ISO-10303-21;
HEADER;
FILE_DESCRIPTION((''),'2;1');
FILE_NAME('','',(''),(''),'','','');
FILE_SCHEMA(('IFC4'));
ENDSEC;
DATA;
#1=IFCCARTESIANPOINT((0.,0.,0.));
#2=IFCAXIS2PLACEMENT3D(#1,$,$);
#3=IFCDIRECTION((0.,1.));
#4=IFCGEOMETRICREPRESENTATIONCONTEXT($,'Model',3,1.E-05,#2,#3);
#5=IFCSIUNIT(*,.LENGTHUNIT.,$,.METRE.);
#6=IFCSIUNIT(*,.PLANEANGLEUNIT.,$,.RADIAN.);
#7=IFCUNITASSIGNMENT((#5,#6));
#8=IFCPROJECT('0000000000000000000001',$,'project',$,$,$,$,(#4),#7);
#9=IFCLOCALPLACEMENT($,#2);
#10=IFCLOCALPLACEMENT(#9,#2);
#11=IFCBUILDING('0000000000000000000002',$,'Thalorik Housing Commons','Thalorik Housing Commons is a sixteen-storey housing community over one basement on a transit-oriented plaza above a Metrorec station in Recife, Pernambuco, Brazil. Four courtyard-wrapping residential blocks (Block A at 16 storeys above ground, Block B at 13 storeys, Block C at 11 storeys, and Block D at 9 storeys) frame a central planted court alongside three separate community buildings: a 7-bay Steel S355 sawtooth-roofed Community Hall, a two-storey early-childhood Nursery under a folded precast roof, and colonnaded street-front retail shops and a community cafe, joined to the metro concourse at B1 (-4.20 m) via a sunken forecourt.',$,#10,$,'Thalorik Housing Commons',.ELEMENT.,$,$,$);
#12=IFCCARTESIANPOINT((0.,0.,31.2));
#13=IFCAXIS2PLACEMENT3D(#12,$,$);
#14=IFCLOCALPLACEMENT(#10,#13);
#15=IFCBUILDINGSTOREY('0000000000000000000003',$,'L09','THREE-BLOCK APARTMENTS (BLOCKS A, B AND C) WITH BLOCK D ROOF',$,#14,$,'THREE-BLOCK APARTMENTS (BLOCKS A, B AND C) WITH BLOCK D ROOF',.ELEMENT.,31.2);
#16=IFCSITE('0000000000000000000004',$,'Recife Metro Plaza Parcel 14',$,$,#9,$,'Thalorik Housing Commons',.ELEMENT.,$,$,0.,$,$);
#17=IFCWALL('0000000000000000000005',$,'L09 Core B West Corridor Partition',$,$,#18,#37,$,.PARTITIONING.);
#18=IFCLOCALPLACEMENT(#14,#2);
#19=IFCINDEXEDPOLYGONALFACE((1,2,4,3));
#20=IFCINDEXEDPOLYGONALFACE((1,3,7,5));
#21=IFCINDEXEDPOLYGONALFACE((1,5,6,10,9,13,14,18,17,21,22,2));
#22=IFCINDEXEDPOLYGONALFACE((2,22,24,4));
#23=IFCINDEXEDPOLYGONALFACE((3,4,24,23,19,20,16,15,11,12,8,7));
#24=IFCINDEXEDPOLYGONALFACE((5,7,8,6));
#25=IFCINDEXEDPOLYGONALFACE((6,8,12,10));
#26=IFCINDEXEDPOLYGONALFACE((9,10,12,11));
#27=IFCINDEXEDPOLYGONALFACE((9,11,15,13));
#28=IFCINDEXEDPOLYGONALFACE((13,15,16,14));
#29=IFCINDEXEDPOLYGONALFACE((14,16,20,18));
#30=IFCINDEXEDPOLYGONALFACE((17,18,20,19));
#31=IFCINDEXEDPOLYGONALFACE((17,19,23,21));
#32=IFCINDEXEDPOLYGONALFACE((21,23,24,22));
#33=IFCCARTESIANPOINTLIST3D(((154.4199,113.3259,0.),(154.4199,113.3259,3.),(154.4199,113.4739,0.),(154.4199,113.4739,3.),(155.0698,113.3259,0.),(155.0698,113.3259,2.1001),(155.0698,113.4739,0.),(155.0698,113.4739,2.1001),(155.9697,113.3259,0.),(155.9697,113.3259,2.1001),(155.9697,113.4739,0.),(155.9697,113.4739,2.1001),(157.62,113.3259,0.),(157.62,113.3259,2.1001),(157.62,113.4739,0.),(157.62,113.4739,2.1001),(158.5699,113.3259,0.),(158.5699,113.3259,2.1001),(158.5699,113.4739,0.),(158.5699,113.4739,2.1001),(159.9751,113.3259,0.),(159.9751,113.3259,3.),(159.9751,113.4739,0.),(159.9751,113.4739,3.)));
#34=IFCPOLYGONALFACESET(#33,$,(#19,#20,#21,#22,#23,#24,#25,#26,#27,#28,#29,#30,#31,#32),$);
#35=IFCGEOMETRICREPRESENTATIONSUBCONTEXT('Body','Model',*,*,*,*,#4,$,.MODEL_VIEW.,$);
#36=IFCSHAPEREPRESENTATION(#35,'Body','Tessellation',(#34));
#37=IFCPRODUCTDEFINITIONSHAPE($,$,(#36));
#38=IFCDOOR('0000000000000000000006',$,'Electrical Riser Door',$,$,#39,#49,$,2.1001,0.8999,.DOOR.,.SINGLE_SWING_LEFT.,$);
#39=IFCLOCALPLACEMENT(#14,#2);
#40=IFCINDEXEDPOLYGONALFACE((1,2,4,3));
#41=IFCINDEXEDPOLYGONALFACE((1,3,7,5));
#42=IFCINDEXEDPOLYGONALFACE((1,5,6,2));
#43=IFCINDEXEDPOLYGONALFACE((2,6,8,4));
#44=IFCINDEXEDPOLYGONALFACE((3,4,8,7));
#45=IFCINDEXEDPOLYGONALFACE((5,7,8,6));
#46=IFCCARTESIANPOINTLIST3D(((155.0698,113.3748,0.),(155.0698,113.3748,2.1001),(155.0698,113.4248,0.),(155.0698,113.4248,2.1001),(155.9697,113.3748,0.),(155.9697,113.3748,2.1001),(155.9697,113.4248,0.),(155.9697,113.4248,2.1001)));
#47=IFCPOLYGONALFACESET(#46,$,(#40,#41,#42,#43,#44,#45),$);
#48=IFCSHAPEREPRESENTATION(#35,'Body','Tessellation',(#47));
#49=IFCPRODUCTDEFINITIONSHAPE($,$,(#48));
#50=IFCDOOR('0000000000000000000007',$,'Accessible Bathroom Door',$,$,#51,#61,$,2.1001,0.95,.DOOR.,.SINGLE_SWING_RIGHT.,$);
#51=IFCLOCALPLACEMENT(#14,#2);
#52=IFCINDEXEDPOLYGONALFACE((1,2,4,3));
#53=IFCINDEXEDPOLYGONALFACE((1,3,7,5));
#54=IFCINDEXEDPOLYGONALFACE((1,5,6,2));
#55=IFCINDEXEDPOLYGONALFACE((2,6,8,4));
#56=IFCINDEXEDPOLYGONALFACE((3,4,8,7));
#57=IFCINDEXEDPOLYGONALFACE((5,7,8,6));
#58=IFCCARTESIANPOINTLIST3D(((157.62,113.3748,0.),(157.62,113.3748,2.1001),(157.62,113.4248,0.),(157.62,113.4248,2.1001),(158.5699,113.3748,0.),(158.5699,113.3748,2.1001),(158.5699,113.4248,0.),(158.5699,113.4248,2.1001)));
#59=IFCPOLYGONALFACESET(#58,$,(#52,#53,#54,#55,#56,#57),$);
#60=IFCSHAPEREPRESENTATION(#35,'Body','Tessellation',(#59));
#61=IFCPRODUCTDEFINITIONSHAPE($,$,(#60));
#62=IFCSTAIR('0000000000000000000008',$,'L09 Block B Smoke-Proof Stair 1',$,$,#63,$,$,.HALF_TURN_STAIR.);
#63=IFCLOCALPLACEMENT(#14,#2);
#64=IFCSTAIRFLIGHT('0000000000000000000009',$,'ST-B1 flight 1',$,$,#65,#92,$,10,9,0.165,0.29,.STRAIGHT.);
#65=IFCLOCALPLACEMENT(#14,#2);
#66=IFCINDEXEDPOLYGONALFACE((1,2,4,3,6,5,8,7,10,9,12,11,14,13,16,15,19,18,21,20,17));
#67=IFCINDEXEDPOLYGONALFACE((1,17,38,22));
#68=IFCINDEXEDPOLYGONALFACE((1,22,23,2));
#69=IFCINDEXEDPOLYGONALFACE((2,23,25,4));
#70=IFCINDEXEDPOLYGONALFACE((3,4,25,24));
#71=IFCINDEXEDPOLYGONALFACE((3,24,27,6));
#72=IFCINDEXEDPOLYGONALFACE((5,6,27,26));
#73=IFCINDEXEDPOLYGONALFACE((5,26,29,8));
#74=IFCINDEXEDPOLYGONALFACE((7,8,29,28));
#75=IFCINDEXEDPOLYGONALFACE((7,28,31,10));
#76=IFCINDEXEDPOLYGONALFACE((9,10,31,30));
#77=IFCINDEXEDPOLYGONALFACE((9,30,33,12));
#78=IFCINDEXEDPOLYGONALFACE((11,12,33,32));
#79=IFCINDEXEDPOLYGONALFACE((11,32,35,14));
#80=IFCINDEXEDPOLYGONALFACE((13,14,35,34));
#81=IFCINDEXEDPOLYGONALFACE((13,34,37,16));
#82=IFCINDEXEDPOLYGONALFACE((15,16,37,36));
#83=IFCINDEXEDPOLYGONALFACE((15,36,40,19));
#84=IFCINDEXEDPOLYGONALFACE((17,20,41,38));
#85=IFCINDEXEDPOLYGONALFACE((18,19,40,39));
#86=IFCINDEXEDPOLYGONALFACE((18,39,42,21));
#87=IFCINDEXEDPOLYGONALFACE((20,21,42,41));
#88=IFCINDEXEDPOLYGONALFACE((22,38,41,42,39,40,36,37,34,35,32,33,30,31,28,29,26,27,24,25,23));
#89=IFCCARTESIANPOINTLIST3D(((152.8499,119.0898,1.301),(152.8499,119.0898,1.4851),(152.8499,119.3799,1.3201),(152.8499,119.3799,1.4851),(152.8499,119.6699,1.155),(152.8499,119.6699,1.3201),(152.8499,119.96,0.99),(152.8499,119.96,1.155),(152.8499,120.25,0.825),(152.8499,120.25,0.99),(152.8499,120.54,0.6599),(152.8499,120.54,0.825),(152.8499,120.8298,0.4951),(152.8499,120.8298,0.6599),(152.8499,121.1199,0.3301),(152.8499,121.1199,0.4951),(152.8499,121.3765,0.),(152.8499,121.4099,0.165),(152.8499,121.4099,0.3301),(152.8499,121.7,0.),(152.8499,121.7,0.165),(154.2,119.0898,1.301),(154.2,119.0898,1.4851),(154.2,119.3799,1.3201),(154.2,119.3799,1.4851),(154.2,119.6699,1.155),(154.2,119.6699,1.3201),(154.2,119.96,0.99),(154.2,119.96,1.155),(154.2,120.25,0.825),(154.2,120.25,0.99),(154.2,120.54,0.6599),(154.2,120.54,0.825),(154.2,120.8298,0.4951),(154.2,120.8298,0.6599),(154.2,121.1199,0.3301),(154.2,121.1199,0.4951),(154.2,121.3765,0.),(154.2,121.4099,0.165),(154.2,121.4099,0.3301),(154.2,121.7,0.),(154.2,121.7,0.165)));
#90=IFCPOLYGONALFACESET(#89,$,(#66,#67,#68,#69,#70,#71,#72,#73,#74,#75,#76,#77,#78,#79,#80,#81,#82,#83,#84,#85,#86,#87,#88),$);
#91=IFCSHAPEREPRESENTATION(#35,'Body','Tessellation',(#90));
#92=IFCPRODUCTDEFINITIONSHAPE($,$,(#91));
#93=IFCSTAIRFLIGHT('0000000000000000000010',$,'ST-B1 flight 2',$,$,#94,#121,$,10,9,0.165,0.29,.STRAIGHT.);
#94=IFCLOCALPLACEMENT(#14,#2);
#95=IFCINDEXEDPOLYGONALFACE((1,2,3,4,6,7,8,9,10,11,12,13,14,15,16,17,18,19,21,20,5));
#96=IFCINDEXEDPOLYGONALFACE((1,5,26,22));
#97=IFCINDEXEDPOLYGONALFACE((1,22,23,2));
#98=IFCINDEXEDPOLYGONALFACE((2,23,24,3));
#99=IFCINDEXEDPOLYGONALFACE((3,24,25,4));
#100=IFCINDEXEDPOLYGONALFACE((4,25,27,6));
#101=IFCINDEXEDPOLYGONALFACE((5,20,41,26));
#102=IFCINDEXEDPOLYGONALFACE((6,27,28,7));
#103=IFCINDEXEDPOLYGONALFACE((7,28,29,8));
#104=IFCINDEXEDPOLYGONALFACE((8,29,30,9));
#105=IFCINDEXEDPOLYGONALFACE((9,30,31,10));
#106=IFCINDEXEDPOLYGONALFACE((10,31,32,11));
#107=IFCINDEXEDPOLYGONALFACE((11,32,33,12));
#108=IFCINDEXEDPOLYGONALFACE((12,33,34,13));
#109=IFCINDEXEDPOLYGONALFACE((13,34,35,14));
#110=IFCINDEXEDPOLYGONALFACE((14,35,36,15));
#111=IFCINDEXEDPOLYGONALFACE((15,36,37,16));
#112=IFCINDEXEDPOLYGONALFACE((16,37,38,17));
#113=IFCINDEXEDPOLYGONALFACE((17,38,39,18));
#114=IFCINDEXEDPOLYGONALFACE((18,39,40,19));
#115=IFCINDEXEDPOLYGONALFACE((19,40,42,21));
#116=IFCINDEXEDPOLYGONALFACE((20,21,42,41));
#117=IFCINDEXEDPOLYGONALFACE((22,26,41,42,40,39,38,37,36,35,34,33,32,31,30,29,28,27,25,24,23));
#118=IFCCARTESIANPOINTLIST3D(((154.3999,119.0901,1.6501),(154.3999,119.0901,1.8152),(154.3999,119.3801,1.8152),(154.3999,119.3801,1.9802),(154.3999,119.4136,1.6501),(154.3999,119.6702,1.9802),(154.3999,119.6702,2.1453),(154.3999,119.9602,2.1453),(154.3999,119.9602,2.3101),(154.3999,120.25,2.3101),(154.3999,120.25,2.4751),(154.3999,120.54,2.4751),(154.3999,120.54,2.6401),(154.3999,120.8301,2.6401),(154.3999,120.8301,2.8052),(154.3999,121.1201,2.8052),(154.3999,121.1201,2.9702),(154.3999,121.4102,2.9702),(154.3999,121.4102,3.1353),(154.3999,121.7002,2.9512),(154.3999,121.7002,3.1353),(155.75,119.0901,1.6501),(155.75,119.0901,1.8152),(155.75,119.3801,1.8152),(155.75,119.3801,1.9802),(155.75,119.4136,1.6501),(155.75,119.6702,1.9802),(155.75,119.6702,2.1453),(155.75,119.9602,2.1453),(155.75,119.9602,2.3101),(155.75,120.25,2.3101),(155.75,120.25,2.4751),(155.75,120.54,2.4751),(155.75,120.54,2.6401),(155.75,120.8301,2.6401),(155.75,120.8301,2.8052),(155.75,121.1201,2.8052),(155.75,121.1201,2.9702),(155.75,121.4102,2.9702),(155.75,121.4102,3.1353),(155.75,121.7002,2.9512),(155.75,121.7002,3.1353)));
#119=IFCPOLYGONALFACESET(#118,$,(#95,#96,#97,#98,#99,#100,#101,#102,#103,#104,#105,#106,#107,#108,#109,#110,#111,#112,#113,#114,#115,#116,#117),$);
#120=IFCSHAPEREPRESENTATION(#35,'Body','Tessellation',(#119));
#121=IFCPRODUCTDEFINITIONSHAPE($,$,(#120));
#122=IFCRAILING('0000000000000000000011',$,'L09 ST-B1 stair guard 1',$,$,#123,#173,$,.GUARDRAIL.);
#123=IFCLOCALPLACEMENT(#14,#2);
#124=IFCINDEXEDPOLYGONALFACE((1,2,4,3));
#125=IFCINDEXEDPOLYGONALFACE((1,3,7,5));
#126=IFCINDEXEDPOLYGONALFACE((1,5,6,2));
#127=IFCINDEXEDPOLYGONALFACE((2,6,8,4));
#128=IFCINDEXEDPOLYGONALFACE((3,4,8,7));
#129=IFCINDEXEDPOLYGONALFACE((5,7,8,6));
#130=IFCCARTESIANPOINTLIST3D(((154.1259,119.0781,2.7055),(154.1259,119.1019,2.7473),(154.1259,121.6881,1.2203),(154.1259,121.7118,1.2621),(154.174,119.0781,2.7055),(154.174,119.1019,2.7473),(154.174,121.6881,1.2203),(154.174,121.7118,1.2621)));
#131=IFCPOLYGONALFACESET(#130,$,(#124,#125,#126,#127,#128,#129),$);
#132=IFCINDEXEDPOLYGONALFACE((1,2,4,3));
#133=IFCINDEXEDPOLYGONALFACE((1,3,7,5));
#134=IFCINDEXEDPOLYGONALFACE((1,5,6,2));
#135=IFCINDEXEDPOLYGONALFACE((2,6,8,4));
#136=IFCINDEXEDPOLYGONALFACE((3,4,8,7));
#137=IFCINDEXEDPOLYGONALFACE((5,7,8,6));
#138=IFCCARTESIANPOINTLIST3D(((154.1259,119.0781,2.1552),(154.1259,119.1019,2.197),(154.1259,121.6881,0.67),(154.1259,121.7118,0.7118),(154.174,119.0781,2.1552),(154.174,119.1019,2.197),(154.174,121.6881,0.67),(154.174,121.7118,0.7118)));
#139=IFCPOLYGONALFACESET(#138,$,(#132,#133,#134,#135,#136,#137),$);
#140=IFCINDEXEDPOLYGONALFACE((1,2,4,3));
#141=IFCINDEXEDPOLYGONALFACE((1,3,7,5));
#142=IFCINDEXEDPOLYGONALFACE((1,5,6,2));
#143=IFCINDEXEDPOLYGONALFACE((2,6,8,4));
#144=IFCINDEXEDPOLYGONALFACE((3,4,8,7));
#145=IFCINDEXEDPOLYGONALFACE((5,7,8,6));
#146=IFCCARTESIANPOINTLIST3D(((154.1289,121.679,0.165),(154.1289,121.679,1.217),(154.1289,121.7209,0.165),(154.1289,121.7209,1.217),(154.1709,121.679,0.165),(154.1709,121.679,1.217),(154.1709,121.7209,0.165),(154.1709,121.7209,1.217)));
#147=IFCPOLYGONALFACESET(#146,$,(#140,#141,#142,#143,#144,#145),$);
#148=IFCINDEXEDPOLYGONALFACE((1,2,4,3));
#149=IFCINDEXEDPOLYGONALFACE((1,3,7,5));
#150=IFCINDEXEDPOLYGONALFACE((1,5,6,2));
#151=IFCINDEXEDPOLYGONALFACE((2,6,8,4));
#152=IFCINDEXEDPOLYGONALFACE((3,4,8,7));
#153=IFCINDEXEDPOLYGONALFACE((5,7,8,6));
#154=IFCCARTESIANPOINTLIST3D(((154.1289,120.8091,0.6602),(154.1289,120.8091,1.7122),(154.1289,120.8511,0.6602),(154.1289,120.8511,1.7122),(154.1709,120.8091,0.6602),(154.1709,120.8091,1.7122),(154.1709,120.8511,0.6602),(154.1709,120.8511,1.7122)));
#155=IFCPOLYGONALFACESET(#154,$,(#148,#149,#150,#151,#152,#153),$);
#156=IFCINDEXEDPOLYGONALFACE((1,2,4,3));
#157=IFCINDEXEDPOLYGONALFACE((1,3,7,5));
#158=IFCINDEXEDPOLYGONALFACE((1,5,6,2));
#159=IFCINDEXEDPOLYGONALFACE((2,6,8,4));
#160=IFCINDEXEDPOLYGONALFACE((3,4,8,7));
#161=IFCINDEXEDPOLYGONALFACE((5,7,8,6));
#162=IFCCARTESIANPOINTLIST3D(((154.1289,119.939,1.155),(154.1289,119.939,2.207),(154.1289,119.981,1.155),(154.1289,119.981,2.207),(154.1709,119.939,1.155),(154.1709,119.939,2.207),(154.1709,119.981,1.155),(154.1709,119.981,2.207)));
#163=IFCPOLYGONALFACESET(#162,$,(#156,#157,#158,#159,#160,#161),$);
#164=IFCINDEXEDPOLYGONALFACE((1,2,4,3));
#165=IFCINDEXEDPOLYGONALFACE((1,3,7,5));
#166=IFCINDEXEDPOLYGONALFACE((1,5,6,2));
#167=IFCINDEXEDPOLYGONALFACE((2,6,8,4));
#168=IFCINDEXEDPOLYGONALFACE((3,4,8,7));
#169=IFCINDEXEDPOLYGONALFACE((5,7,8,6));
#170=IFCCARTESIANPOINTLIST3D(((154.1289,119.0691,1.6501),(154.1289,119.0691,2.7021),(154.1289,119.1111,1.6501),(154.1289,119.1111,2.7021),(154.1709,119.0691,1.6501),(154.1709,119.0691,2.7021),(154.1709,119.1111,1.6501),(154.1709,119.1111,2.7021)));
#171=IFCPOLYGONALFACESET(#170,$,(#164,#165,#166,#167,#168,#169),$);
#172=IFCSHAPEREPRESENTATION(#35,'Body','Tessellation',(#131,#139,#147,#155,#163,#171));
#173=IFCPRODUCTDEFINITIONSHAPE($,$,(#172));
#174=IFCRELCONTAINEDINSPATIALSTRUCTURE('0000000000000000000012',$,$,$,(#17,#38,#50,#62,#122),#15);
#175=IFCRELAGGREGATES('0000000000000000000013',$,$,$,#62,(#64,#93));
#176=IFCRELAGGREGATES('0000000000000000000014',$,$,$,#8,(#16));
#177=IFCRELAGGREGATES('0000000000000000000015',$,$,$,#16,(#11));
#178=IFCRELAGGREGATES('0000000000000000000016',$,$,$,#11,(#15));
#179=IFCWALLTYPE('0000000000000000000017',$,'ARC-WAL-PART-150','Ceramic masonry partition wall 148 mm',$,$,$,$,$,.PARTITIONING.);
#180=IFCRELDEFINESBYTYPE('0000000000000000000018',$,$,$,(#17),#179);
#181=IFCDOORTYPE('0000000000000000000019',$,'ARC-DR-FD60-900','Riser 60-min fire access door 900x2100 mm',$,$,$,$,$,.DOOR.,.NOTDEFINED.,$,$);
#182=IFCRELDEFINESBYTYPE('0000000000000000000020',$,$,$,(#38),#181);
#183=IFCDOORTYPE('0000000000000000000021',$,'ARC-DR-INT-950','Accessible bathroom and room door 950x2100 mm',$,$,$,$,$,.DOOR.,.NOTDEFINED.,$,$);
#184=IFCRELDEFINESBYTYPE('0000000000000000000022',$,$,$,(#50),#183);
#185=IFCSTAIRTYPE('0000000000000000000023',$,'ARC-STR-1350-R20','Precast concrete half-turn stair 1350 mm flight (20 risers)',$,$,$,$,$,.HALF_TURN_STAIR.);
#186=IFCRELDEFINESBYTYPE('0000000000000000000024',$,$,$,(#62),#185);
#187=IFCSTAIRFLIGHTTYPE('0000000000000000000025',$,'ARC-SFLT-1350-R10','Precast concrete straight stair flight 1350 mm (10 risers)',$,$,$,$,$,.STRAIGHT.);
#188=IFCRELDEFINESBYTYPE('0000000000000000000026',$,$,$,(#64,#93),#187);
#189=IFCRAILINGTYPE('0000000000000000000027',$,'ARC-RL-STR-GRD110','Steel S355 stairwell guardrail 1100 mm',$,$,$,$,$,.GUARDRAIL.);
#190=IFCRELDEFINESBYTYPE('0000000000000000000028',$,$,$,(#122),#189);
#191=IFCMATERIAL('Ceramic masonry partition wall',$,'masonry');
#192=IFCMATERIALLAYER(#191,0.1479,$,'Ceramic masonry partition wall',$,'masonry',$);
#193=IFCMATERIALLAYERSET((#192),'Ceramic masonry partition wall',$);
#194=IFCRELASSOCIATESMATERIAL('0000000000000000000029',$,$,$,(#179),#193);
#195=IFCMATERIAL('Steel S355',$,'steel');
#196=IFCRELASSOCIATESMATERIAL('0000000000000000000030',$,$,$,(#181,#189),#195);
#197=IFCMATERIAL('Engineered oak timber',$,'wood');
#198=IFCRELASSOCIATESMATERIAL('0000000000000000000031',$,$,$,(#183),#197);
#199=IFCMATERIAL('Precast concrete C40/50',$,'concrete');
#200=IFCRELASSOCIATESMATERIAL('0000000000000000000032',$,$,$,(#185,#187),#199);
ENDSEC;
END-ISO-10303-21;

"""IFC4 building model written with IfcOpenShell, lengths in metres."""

from ifc_helpers import new_model, si_unit, direction, frame, frame_2d, origin, origin_2d, place, context, subcontext, project, spatial, polyline, rectangle, outline, extrude, material, layer, layer_set, type_object, element, fill, aggregate, save


model = new_model("IFC4")

# Units and contexts
model_context = context("Model", 3, precision=1e-05, world=origin(), true_north=direction((0.0, 1.0)))
body_context = subcontext(model_context, "Body", "Model", "MODEL_VIEW")
ifc_project = project(units=[si_unit("LENGTHUNIT", "METRE"), si_unit("PLANEANGLEUNIT", "RADIAN")], contexts=[model_context])

# Site, building, storey
site_placement = place(None, origin())
site = spatial("IfcSite", under=ifc_project, at=site_placement, Name="Recife Metro Plaza Parcel 14", LongName="Thalorik Housing Commons", CompositionType="ELEMENT", RefElevation=0.0)
building_placement = place(site_placement, origin())
building = spatial("IfcBuilding", under=site, at=building_placement, Name="Thalorik Housing Commons", Description="Thalorik Housing Commons is a sixteen-storey housing community over one basement on a transit-oriented plaza above a Metrorec station in Recife, Pernambuco, Brazil. Four courtyard-wrapping residential blocks (Block A at 16 storeys above ground, Block B at 13 storeys, Block C at 11 storeys, and Block D at 9 storeys) frame a central planted court alongside three separate community buildings: a 7-bay Steel S355 sawtooth-roofed Community Hall, a two-storey early-childhood Nursery under a folded precast roof, and colonnaded street-front retail shops and a community cafe, joined to the metro concourse at B1 (-4.20 m) via a sunken forecourt.", LongName="Thalorik Housing Commons", CompositionType="ELEMENT")
storey_placement = place(building_placement, frame((0.0, 0.0, 31.2)))
storey = spatial("IfcBuildingStorey", under=building, at=storey_placement, Name="L09", Description="THREE-BLOCK APARTMENTS (BLOCKS A, B AND C) WITH BLOCK D ROOF", LongName="THREE-BLOCK APARTMENTS (BLOCKS A, B AND C) WITH BLOCK D ROOF", CompositionType="ELEMENT", Elevation=31.2)

# Shared definitions
ifc_material_1 = material(Name="Precast concrete C40/50", Category="concrete")

# Shared definitions
ifc_material_2 = material(Name="Steel S355", Category="steel")

# Shared definitions
ifc_material_3 = material(Name="Ceramic masonry partition wall", Category="masonry")
ifc_layer_1 = layer(ifc_material_3, 0.1479, Name="Ceramic masonry partition wall", Category="masonry")
ifc_layer_set_1 = layer_set([ifc_layer_1], Name="Ceramic masonry partition wall")
wall_type_1 = type_object("IfcWallType", Name="ARC-WAL-PART-150", Description="Ceramic masonry partition wall 148 mm", PredefinedType="PARTITIONING", material=ifc_layer_set_1)

# Wall, openings, doors
wall_1_placement = place(storey_placement, frame((154.4199, 113.3999, 0.0), z_axis=(0.0, 0.0, 1.0), x_axis=(1.0, 0.0, 0.0)))
wall_1 = element("IfcWall", 1, at=wall_1_placement, inside=storey, type_object=wall_type_1, Name="L09 Core B West Corridor Partition", PredefinedType="PARTITIONING", context=body_context, shape_type="SweptSolid", body=[
    extrude(rectangle(XDim=5.5552, YDim=0.1479, at=frame_2d((2.7776, 0.0))), origin(), (0.0, 0.0, 1.0), 3.0),
])
opening_1_placement = place(wall_1_placement, frame((0.6499, 0.0, 0.0)))
opening_1 = element("IfcOpeningElement", 2, at=opening_1_placement, cuts=wall_1, PredefinedType="OPENING", context=body_context, shape_type="SweptSolid", body=[
    extrude(rectangle(XDim=0.8999, YDim=2.1001, at=frame_2d((0.45, 1.05))), frame((0.0, 0.084, 0.0), z_axis=(0.0, -1.0, 0.0), x_axis=(1.0, 0.0, 0.0)), (0.0, 0.0, 1.0), 0.168),
])
opening_2_placement = place(wall_1_placement, frame((3.2, 0.0, 0.0)))
opening_2 = element("IfcOpeningElement", 3, at=opening_2_placement, cuts=wall_1, PredefinedType="OPENING", context=body_context, shape_type="SweptSolid", body=[
    extrude(rectangle(XDim=0.95, YDim=2.1001, at=frame_2d((0.4751, 1.05))), frame((0.0, 0.084, 0.0), z_axis=(0.0, -1.0, 0.0), x_axis=(1.0, 0.0, 0.0)), (0.0, 0.0, 1.0), 0.168),
])
door_type_1 = type_object("IfcDoorType", Name="ARC-DR-FD60-900", Description="Riser 60-min fire access door 900x2100 mm", OperationType="NOTDEFINED", PredefinedType="DOOR", material=ifc_material_2)
door_1_placement = place(opening_1_placement, origin())
door_1 = element("IfcDoor", 4, at=door_1_placement, inside=storey, type_object=door_type_1, Name="Electrical Riser Door", OperationType="SINGLE_SWING_LEFT", OverallHeight=2.1001, OverallWidth=0.8999, PredefinedType="DOOR", context=body_context, shape_type="SweptSolid", body=[
    extrude(rectangle(XDim=0.8999, YDim=2.1001, at=frame_2d((0.45, 1.05))), frame((0.0, 0.0249, 0.0), z_axis=(0.0, -1.0, 0.0), x_axis=(1.0, 0.0, 0.0)), (0.0, 0.0, 1.0), 0.05),
])
fill(opening_1, door_1)
ifc_material_4 = material(Name="Engineered oak timber", Category="wood")
door_type_2 = type_object("IfcDoorType", Name="ARC-DR-INT-950", Description="Accessible bathroom and room door 950x2100 mm", OperationType="NOTDEFINED", PredefinedType="DOOR", material=ifc_material_4)
door_2_placement = place(opening_2_placement, origin())
door_2 = element("IfcDoor", 5, at=door_2_placement, inside=storey, type_object=door_type_2, Name="Accessible Bathroom Door", OperationType="SINGLE_SWING_RIGHT", OverallHeight=2.1001, OverallWidth=0.95, PredefinedType="DOOR", context=body_context, shape_type="SweptSolid", body=[
    extrude(rectangle(XDim=0.95, YDim=2.1001, at=frame_2d((0.4751, 1.05))), frame((0.0, 0.0249, 0.0), z_axis=(0.0, -1.0, 0.0), x_axis=(1.0, 0.0, 0.0)), (0.0, 0.0, 1.0), 0.05),
])
fill(opening_2, door_2)

# Stair, stair flights
stair_type = type_object("IfcStairType", Name="ARC-STR-1350-R20", Description="Precast concrete half-turn stair 1350 mm flight (20 risers)", PredefinedType="HALF_TURN_STAIR", material=ifc_material_1)
stair_placement = place(storey_placement, origin())
stair = element("IfcStair", 6, at=stair_placement, inside=storey, type_object=stair_type, Name="L09 Block B Smoke-Proof Stair 1", PredefinedType="HALF_TURN_STAIR")
stair_flight_type = type_object("IfcStairFlightType", Name="ARC-SFLT-1350-R10", Description="Precast concrete straight stair flight 1350 mm (10 risers)", PredefinedType="STRAIGHT", material=ifc_material_1)
stair_flight_1_placement = place(storey_placement, frame((153.5249, 121.7, 0.0), z_axis=(0.0, 0.0, 1.0), x_axis=(0.0, -1.0, 0.0)))
stair_flight_1 = element("IfcStairFlight", 7, at=stair_flight_1_placement, type_object=stair_flight_type, Name="ST-B1 flight 1", NumberOfRisers=10, NumberOfTreads=9, PredefinedType="STRAIGHT", RiserHeight=0.165, TreadLength=0.29, context=body_context, shape_type="SweptSolid", body=[
    extrude(outline(polyline([(0.0, 0.0), (0.0, 0.165), (0.29, 0.165), (0.29, 0.3301), (0.5801, 0.3301), (0.5801, 0.4951), (0.8701, 0.4951), (0.8701, 0.6599), (1.1599, 0.6599), (1.1599, 0.825), (1.45, 0.825), (1.45, 0.99), (1.74, 0.99), (1.74, 1.155), (2.03, 1.155), (2.03, 1.3201), (2.3201, 1.3201), (2.3201, 1.4851), (2.6101, 1.4851), (2.6101, 1.6499), (2.6101, 1.301), (0.3235, 0.0), (0.0, 0.0)])), frame((0.0, 0.675, 0.0), z_axis=(0.0, -1.0, 0.0), x_axis=(1.0, 0.0, 0.0)), (0.0, 0.0, 1.0), 1.3501),
])
stair_flight_2_placement = place(storey_placement, frame((155.075, 119.0901, 1.6501), z_axis=(0.0, 0.0, 1.0), x_axis=(0.0, 1.0, 0.0)))
stair_flight_2 = element("IfcStairFlight", 8, at=stair_flight_2_placement, type_object=stair_flight_type, Name="ST-B1 flight 2", NumberOfRisers=10, NumberOfTreads=9, PredefinedType="STRAIGHT", RiserHeight=0.165, TreadLength=0.29, context=body_context, shape_type="SweptSolid", body=[
    extrude(outline(polyline([(0.0, 0.0), (0.0, 0.165), (0.29, 0.165), (0.29, 0.3301), (0.5801, 0.3301), (0.5801, 0.4951), (0.8701, 0.4951), (0.8701, 0.6599), (1.1599, 0.6599), (1.1599, 0.825), (1.45, 0.825), (1.45, 0.99), (1.74, 0.99), (1.74, 1.155), (2.03, 1.155), (2.03, 1.3201), (2.3201, 1.3201), (2.3201, 1.4851), (2.6101, 1.4851), (2.6101, 1.6499), (2.6101, 1.301), (0.3235, 0.0), (0.0, 0.0)])), frame((0.0, 0.675, 0.0), z_axis=(0.0, -1.0, 0.0), x_axis=(1.0, 0.0, 0.0)), (0.0, 0.0, 1.0), 1.3501),
])
aggregate(stair, [stair_flight_1, stair_flight_2])

# Railing
railing_type_1 = type_object("IfcRailingType", Name="ARC-RL-STR-GRD110", Description="Steel S355 stairwell guardrail 1100 mm", PredefinedType="GUARDRAIL", material=ifc_material_2)
railing_1_placement = place(storey_placement, frame((154.1499, 121.7, 0.165)))
element("IfcRailing", 9, at=railing_1_placement, inside=storey, type_object=railing_type_1, Name="L09 ST-B1 stair guard 1", PredefinedType="GUARDRAIL", context=body_context, shape_type="SweptSolid", body=[
    extrude(rectangle(XDim=0.0481, YDim=0.0481, at=origin_2d()), frame((0.0, 0.0, 1.0762), z_axis=(0.0, -0.869137, 0.494571), x_axis=(1.0, 0.0, 0.0)), (0.0, 0.0, 1.0), 3.0029),
    extrude(rectangle(XDim=0.0481, YDim=0.0481, at=origin_2d()), frame((0.0, 0.0, 0.5259), z_axis=(0.0, -0.869137, 0.494571), x_axis=(1.0, 0.0, 0.0)), (0.0, 0.0, 1.0), 3.0029),
    extrude(rectangle(XDim=0.042, YDim=0.042, at=origin_2d()), origin(), (0.0, 0.0, 1.0), 1.052),
    extrude(rectangle(XDim=0.042, YDim=0.042, at=origin_2d()), frame((0.0, -0.8699, 0.4951)), (0.0, 0.0, 1.0), 1.052),
    extrude(rectangle(XDim=0.042, YDim=0.042, at=origin_2d()), frame((0.0, -1.74, 0.99)), (0.0, 0.0, 1.0), 1.052),
    extrude(rectangle(XDim=0.042, YDim=0.042, at=origin_2d()), frame((0.0, -2.6099, 1.4851)), (0.0, 0.0, 1.0), 1.052),
])

save(model, "model.ifc")
